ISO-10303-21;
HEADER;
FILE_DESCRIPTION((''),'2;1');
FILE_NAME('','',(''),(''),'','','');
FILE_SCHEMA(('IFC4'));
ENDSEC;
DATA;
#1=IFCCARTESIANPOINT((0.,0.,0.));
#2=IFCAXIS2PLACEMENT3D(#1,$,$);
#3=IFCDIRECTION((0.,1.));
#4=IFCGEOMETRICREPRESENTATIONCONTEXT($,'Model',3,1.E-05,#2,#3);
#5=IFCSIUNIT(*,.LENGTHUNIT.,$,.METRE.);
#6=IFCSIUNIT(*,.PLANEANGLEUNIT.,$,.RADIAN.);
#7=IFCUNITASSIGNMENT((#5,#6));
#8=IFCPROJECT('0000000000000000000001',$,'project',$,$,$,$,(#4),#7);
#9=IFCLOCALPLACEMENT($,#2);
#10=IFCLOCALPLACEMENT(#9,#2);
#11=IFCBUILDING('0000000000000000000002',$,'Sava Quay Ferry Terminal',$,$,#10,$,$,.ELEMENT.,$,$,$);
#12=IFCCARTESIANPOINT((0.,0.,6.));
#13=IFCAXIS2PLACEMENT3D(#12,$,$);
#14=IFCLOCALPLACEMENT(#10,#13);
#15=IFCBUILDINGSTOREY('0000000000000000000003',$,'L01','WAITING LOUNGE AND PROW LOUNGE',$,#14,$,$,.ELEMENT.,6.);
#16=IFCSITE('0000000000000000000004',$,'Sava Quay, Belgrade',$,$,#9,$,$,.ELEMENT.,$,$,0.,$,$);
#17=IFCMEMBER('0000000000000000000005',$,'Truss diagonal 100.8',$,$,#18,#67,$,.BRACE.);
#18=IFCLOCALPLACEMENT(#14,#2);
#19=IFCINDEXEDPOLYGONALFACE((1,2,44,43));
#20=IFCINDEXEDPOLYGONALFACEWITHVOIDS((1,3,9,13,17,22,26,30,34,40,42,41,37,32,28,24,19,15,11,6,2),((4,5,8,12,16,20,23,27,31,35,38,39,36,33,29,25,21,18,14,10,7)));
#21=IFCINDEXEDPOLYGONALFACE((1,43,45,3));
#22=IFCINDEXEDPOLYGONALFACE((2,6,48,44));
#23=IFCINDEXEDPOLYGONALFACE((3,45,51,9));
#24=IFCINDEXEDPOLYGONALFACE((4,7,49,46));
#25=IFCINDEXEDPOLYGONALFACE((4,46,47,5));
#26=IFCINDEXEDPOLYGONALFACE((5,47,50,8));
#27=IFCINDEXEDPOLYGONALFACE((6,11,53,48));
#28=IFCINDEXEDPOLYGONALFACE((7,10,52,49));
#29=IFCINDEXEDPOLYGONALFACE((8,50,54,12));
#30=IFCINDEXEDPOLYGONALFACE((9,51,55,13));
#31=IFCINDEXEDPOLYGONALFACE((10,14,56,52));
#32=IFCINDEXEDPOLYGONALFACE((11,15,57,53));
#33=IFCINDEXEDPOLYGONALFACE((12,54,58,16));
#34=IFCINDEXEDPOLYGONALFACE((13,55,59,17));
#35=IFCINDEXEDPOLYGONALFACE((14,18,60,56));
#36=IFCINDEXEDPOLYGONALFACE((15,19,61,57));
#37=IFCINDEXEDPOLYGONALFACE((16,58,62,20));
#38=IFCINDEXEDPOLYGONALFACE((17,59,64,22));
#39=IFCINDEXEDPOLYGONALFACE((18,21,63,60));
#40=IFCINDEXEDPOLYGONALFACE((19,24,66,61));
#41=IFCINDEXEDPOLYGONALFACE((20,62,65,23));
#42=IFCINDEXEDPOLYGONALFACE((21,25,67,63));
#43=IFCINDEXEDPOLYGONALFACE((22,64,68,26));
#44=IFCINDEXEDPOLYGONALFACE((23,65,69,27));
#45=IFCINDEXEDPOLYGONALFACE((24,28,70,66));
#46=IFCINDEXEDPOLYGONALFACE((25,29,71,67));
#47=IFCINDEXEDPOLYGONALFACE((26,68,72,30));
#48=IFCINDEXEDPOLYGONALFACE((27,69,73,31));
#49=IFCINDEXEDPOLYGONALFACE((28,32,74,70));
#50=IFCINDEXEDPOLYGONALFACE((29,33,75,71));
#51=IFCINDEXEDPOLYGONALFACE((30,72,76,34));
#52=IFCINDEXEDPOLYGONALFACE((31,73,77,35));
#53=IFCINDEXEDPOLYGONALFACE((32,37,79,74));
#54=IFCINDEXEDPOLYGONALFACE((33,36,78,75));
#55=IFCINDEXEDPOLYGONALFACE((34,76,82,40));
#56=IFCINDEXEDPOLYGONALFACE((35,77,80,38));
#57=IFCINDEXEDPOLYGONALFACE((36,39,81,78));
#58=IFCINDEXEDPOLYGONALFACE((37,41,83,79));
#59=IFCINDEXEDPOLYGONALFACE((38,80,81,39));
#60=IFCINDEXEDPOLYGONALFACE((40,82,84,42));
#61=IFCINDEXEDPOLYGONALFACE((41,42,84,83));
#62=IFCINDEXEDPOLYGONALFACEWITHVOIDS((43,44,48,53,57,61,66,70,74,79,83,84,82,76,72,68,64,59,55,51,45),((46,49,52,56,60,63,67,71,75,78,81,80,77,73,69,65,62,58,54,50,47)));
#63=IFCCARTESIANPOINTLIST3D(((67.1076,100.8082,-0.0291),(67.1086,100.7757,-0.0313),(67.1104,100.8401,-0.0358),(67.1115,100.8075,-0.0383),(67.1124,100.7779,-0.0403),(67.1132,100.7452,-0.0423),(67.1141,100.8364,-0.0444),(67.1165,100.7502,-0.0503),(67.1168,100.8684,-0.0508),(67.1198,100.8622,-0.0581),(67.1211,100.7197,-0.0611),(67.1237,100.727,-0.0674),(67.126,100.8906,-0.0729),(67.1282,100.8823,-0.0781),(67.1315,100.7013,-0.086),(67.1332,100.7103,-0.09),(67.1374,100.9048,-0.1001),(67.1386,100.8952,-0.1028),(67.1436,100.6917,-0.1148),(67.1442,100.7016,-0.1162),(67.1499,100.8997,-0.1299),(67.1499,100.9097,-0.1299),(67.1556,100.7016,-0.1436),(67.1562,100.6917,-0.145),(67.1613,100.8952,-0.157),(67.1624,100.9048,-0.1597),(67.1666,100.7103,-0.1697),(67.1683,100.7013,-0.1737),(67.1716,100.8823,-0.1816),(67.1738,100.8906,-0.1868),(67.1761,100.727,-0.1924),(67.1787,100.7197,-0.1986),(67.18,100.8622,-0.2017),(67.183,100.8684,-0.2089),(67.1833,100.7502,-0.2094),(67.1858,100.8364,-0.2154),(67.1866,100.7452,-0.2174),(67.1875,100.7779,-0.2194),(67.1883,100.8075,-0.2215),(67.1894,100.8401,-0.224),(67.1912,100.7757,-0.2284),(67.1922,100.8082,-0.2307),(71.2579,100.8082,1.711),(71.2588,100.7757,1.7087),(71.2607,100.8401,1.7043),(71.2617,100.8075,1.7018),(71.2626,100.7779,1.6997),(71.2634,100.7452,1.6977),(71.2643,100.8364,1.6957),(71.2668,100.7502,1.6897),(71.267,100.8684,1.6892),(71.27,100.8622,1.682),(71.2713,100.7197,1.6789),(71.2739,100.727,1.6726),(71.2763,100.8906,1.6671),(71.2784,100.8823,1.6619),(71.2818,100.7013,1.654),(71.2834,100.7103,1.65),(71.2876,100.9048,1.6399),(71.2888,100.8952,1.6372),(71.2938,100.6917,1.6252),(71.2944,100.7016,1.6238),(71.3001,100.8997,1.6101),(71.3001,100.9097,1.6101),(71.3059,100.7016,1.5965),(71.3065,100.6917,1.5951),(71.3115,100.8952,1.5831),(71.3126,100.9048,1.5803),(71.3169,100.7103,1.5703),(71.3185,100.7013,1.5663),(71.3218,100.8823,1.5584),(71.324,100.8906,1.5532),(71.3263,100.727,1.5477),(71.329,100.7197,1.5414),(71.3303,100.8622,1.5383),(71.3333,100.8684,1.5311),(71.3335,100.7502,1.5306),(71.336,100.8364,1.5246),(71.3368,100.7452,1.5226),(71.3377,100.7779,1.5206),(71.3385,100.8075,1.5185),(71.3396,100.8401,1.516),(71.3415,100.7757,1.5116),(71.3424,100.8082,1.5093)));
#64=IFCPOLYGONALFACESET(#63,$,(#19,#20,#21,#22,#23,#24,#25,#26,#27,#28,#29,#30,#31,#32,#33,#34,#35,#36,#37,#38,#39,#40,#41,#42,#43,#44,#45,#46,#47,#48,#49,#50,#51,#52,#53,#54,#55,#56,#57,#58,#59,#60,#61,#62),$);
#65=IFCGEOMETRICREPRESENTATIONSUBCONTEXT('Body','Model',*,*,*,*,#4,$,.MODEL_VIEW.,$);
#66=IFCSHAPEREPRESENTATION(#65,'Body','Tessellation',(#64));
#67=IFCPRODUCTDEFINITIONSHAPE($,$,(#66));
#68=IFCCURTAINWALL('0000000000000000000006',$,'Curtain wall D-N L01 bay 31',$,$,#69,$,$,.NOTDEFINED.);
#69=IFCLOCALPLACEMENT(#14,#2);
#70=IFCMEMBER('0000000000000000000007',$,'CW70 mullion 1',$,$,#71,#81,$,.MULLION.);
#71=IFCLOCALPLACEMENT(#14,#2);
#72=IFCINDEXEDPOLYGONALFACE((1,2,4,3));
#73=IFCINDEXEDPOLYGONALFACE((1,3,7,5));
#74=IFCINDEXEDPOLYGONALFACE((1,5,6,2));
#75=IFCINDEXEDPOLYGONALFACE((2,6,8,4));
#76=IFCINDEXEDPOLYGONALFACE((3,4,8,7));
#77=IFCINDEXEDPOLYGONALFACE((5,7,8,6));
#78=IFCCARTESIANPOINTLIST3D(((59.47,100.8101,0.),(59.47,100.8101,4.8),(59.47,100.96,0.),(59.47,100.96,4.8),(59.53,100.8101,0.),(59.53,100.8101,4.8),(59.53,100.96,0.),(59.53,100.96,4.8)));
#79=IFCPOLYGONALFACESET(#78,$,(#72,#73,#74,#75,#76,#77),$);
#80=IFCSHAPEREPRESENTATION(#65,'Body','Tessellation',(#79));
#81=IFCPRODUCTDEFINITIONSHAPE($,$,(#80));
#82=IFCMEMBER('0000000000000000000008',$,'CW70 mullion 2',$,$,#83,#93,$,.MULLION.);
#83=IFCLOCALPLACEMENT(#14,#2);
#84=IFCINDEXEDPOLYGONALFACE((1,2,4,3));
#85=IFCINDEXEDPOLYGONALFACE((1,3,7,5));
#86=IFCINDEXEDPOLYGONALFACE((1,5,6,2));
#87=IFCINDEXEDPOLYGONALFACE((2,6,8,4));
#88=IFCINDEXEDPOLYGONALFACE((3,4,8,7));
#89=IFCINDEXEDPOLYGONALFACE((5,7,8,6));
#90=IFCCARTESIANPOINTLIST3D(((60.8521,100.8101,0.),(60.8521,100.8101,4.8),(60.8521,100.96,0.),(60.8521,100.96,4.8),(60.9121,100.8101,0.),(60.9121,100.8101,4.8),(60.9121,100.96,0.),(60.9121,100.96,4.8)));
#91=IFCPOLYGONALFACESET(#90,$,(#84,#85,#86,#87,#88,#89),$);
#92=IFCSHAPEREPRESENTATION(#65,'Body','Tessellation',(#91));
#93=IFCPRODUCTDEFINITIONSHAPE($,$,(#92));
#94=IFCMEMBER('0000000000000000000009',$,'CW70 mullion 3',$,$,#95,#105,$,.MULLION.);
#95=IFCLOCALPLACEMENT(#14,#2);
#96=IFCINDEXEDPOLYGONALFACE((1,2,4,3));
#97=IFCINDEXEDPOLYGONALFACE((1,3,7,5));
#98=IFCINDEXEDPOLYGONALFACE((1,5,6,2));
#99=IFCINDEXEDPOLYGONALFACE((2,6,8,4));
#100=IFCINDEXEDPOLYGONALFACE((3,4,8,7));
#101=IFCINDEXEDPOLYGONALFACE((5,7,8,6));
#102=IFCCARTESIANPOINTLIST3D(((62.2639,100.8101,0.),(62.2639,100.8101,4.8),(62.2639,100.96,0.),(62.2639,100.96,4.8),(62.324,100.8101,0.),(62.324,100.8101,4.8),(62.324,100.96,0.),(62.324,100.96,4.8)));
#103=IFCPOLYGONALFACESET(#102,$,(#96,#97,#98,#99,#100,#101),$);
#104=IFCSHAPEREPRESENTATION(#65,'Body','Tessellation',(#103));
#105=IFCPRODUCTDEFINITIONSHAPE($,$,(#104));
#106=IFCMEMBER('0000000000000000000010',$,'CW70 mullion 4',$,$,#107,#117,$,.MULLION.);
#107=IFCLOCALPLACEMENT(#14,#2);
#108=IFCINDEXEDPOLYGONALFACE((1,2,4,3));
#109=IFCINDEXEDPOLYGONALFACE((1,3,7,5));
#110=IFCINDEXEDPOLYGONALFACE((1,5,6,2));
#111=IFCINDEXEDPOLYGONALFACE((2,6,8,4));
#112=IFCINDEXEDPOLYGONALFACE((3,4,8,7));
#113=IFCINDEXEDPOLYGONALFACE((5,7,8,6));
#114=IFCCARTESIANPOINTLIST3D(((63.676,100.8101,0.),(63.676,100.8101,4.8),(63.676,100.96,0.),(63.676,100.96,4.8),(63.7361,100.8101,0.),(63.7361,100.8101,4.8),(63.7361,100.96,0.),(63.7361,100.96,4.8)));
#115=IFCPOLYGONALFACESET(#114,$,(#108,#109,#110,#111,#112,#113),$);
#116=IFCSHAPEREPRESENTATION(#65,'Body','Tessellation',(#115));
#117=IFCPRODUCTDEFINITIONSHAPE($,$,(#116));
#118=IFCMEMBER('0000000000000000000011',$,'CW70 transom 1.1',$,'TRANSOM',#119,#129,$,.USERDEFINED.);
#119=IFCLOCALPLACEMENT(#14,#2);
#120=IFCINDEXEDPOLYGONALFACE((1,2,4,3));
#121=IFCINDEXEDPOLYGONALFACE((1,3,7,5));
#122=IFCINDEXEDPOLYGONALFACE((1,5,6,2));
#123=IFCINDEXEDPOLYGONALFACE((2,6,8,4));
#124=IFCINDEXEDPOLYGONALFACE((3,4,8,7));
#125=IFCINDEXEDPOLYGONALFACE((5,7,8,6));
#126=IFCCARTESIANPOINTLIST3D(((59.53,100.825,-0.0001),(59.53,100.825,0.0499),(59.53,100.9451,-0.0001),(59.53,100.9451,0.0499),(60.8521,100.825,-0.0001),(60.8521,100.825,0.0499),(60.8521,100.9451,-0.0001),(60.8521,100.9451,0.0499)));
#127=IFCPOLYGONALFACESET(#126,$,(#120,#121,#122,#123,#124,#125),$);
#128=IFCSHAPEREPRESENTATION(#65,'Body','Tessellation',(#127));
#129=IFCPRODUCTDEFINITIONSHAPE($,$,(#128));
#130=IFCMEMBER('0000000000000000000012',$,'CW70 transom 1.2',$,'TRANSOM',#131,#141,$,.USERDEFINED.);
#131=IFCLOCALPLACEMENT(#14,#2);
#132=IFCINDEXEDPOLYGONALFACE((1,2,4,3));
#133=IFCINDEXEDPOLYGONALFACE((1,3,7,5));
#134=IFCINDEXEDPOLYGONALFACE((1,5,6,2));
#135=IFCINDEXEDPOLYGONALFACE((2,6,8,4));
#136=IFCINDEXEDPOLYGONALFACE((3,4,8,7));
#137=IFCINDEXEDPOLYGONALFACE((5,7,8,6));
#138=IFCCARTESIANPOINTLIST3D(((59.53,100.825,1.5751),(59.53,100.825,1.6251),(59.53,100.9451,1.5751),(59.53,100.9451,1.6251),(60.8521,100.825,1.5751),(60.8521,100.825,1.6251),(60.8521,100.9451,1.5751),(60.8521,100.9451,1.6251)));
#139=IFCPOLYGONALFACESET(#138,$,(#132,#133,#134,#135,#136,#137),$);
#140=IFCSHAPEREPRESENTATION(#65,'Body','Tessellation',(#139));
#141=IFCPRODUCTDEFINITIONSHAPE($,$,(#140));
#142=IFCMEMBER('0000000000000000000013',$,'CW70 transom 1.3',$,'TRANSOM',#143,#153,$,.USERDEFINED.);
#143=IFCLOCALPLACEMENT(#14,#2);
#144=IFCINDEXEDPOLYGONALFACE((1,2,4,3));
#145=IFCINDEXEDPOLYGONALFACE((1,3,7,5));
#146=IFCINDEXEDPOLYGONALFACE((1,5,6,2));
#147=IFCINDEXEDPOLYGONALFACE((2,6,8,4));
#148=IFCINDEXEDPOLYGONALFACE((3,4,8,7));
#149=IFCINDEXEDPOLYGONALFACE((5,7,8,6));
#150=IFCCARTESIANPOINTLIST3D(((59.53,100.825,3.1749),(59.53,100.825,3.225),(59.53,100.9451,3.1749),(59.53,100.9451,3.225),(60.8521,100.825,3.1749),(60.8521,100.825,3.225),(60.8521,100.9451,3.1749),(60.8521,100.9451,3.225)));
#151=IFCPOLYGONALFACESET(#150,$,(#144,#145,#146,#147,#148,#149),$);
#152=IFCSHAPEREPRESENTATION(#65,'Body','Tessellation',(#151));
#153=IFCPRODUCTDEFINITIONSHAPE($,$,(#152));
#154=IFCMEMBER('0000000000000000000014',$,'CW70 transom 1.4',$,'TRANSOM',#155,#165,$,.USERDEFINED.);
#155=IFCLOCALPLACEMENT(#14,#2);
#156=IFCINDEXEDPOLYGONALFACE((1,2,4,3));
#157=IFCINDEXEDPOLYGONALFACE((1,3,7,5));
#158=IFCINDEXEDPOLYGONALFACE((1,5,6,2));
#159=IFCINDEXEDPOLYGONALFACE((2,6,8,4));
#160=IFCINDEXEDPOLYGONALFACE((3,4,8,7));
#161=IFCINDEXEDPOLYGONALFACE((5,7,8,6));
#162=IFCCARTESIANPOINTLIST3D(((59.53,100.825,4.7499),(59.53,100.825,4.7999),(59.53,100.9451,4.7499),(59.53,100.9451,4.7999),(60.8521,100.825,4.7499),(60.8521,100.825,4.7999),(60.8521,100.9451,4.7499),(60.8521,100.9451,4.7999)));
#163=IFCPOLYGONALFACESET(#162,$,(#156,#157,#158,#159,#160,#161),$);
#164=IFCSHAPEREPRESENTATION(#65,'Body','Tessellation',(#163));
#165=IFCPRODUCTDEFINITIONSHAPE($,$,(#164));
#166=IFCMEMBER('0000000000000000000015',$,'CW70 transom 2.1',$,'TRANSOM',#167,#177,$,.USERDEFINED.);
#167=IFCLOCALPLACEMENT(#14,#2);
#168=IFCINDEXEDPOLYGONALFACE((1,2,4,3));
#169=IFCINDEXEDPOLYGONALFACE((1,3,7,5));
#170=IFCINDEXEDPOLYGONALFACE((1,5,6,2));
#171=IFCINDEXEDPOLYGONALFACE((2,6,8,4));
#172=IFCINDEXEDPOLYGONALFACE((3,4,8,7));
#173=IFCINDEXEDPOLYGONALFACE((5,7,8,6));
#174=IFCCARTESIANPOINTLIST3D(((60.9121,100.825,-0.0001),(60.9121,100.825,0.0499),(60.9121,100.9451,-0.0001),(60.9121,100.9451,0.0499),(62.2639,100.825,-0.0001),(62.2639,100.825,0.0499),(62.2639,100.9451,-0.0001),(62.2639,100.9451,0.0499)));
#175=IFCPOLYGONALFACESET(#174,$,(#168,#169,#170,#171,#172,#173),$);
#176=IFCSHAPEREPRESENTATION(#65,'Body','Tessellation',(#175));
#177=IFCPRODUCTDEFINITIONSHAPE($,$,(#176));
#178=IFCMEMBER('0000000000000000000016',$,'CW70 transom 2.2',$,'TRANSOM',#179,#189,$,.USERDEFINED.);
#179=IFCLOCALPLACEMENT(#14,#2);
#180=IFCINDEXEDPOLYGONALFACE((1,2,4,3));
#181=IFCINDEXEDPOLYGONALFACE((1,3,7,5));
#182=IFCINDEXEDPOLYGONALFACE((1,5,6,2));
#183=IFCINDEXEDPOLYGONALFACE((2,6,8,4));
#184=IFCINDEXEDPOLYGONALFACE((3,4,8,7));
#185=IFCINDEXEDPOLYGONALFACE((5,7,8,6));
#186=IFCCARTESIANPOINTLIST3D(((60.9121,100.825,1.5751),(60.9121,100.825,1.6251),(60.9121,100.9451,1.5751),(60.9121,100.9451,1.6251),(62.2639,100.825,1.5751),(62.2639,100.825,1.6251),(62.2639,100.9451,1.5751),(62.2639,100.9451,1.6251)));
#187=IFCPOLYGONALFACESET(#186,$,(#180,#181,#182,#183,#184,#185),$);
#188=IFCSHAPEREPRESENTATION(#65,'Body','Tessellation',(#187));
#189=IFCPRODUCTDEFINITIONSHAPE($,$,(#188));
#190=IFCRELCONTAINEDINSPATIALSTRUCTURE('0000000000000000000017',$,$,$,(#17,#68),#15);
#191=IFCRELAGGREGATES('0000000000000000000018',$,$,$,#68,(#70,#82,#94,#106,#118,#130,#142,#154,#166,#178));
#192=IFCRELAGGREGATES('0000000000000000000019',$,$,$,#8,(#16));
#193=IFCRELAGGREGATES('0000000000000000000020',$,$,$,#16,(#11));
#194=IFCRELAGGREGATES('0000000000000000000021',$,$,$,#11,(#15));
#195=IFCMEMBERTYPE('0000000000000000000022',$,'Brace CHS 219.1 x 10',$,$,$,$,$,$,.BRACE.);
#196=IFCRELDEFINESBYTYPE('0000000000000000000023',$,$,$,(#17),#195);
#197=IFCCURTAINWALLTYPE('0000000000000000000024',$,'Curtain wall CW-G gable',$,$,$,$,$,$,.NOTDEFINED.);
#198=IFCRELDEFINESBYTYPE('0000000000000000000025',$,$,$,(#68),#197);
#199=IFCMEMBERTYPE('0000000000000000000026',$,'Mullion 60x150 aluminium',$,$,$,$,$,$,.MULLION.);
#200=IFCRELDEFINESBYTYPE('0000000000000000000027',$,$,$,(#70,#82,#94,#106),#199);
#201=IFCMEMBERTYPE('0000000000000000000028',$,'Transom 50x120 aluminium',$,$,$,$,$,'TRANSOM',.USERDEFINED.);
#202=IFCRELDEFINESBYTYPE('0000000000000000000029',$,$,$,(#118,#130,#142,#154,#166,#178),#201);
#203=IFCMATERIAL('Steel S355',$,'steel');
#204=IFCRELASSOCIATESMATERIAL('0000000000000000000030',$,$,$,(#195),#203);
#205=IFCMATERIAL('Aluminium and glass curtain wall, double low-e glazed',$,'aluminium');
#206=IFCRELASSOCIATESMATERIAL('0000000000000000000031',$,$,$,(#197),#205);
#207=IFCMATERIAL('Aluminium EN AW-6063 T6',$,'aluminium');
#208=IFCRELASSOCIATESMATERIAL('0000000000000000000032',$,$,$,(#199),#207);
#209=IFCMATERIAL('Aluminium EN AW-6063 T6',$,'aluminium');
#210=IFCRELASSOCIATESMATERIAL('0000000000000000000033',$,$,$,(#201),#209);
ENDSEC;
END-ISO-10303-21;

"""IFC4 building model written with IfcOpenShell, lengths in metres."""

from ifc_helpers import new_model, si_unit, direction, frame, origin, origin_2d, place, context, subcontext, project, spatial, rectangle, hollow_circle, extrude, material, material_profile, profile_set, type_object, element, aggregate, save


model = new_model("IFC4")

# Units and contexts
model_context = context("Model", 3, precision=1e-05, world=origin(), true_north=direction((0.0, 1.0)))
body_context = subcontext(model_context, "Body", "Model", "MODEL_VIEW")
ifc_project = project(units=[si_unit("LENGTHUNIT", "METRE"), si_unit("PLANEANGLEUNIT", "RADIAN")], contexts=[model_context])

# Site, building, storey
site_placement = place(None, origin())
site = spatial("IfcSite", under=ifc_project, at=site_placement, Name="Sava Quay, Belgrade", CompositionType="ELEMENT", RefElevation=0.0)
building_placement = place(site_placement, origin())
building = spatial("IfcBuilding", under=site, at=building_placement, Name="Sava Quay Ferry Terminal", CompositionType="ELEMENT")
storey_placement = place(building_placement, frame((0.0, 0.0, 6.0)))
storey = spatial("IfcBuildingStorey", under=building, at=storey_placement, Name="L01", Description="WAITING LOUNGE AND PROW LOUNGE", CompositionType="ELEMENT", Elevation=6.0)

# Member
ifc_material_1 = material(Name="Steel S355", Category="steel")
ifc_material_profile_1 = material_profile(ifc_material_1, hollow_circle(Radius=0.1096, WallThickness=0.01, at=origin_2d()), Name="CHS 219.1 x 10")
ifc_profile_set_1 = profile_set([ifc_material_profile_1], Name="Steel S355")
member_type_1 = type_object("IfcMemberType", Name="Brace CHS 219.1 x 10", PredefinedType="BRACE", material=ifc_profile_set_1)
member_1_placement = place(storey_placement, frame((67.1499, 100.8, -0.1299), z_axis=(0.922226, 0.0, 0.386652), x_axis=(0.0, 1.0, 0.0)))
element("IfcMember", 1, at=member_1_placement, inside=storey, type_object=member_type_1, Name="Truss diagonal 100.8", PredefinedType="BRACE", context=body_context, shape_type="SweptSolid", body=[
    extrude(hollow_circle(Radius=0.1096, WallThickness=0.01, at=origin_2d()), origin(), (0.0, 0.0, 1.0), 4.5002),
])

# Curtain wall, members
ifc_material_2 = material(Name="Aluminium and glass curtain wall, double low-e glazed", Category="aluminium")
curtain_wall_type = type_object("IfcCurtainWallType", Name="Curtain wall CW-G gable", PredefinedType="NOTDEFINED", material=ifc_material_2)
curtain_wall_placement = place(storey_placement, origin())
curtain_wall = element("IfcCurtainWall", 2, at=curtain_wall_placement, inside=storey, type_object=curtain_wall_type, Name="Curtain wall D-N L01 bay 31", PredefinedType="NOTDEFINED")
ifc_material_3 = material(Name="Aluminium EN AW-6063 T6", Category="aluminium")
ifc_material_profile_2 = material_profile(ifc_material_3, rectangle(XDim=0.1499, YDim=0.0601, at=origin_2d()), Name="Mullion 60x150 aluminium")
ifc_profile_set_2 = profile_set([ifc_material_profile_2], Name="Aluminium EN AW-6063 T6")
member_type_2 = type_object("IfcMemberType", Name="Mullion 60x150 aluminium", PredefinedType="MULLION", material=ifc_profile_set_2)
member_2_placement = place(storey_placement, frame((59.5, 100.885, 0.0), z_axis=(0.0, 0.0, 1.0), x_axis=(0.0, 1.0, 0.0)))
member_2 = element("IfcMember", 3, at=member_2_placement, type_object=member_type_2, Name="CW70 mullion 1", PredefinedType="MULLION", context=body_context, shape_type="SweptSolid", body=[
    extrude(rectangle(XDim=0.1499, YDim=0.0601, at=origin_2d()), origin(), (0.0, 0.0, 1.0), 4.8),
])
member_3_placement = place(storey_placement, frame((60.8821, 100.885, 0.0), z_axis=(0.0, 0.0, 1.0), x_axis=(0.0, 1.0, 0.0)))
member_3 = element("IfcMember", 4, at=member_3_placement, type_object=member_type_2, Name="CW70 mullion 2", PredefinedType="MULLION", context=body_context, shape_type="SweptSolid", body=[
    extrude(rectangle(XDim=0.1499, YDim=0.0601, at=origin_2d()), origin(), (0.0, 0.0, 1.0), 4.8),
])
member_4_placement = place(storey_placement, frame((62.2939, 100.885, 0.0), z_axis=(0.0, 0.0, 1.0), x_axis=(0.0, 1.0, 0.0)))
member_4 = element("IfcMember", 5, at=member_4_placement, type_object=member_type_2, Name="CW70 mullion 3", PredefinedType="MULLION", context=body_context, shape_type="SweptSolid", body=[
    extrude(rectangle(XDim=0.1499, YDim=0.0601, at=origin_2d()), origin(), (0.0, 0.0, 1.0), 4.8),
])
member_5_placement = place(storey_placement, frame((63.7061, 100.885, 0.0), z_axis=(0.0, 0.0, 1.0), x_axis=(0.0, 1.0, 0.0)))
member_5 = element("IfcMember", 6, at=member_5_placement, type_object=member_type_2, Name="CW70 mullion 4", PredefinedType="MULLION", context=body_context, shape_type="SweptSolid", body=[
    extrude(rectangle(XDim=0.1499, YDim=0.0601, at=origin_2d()), origin(), (0.0, 0.0, 1.0), 4.8),
])
ifc_material_4 = material(Name="Aluminium EN AW-6063 T6", Category="aluminium")
ifc_material_profile_3 = material_profile(ifc_material_4, rectangle(XDim=0.1201, YDim=0.05, at=origin_2d()), Name="Transom 50x120 aluminium")
ifc_profile_set_3 = profile_set([ifc_material_profile_3], Name="Aluminium EN AW-6063 T6")
member_type_3 = type_object("IfcMemberType", Name="Transom 50x120 aluminium", ElementType="TRANSOM", PredefinedType="USERDEFINED", material=ifc_profile_set_3)
member_6_placement = place(storey_placement, frame((59.53, 100.885, 0.0249), z_axis=(1.0, 0.0, 0.0), x_axis=(0.0, 1.0, 0.0)))
member_6 = element("IfcMember", 7, at=member_6_placement, type_object=member_type_3, Name="CW70 transom 1.1", ObjectType="TRANSOM", PredefinedType="USERDEFINED", context=body_context, shape_type="SweptSolid", body=[
    extrude(rectangle(XDim=0.1201, YDim=0.05, at=origin_2d()), origin(), (0.0, 0.0, 1.0), 1.322),
])
member_7_placement = place(storey_placement, frame((59.53, 100.885, 1.6001), z_axis=(1.0, 0.0, 0.0), x_axis=(0.0, 1.0, 0.0)))
member_7 = element("IfcMember", 8, at=member_7_placement, type_object=member_type_3, Name="CW70 transom 1.2", ObjectType="TRANSOM", PredefinedType="USERDEFINED", context=body_context, shape_type="SweptSolid", body=[
    extrude(rectangle(XDim=0.1201, YDim=0.05, at=origin_2d()), origin(), (0.0, 0.0, 1.0), 1.322),
])
member_8_placement = place(storey_placement, frame((59.53, 100.885, 3.2), z_axis=(1.0, 0.0, 0.0), x_axis=(0.0, 1.0, 0.0)))
member_8 = element("IfcMember", 9, at=member_8_placement, type_object=member_type_3, Name="CW70 transom 1.3", ObjectType="TRANSOM", PredefinedType="USERDEFINED", context=body_context, shape_type="SweptSolid", body=[
    extrude(rectangle(XDim=0.1201, YDim=0.05, at=origin_2d()), origin(), (0.0, 0.0, 1.0), 1.322),
])
member_9_placement = place(storey_placement, frame((59.53, 100.885, 4.7749), z_axis=(1.0, 0.0, 0.0), x_axis=(0.0, 1.0, 0.0)))
member_9 = element("IfcMember", 10, at=member_9_placement, type_object=member_type_3, Name="CW70 transom 1.4", ObjectType="TRANSOM", PredefinedType="USERDEFINED", context=body_context, shape_type="SweptSolid", body=[
    extrude(rectangle(XDim=0.1201, YDim=0.05, at=origin_2d()), origin(), (0.0, 0.0, 1.0), 1.322),
])
member_10_placement = place(storey_placement, frame((60.9121, 100.885, 0.0249), z_axis=(1.0, 0.0, 0.0), x_axis=(0.0, 1.0, 0.0)))
member_10 = element("IfcMember", 11, at=member_10_placement, type_object=member_type_3, Name="CW70 transom 2.1", ObjectType="TRANSOM", PredefinedType="USERDEFINED", context=body_context, shape_type="SweptSolid", body=[
    extrude(rectangle(XDim=0.1201, YDim=0.05, at=origin_2d()), origin(), (0.0, 0.0, 1.0), 1.3518),
])
member_11_placement = place(storey_placement, frame((60.9121, 100.885, 1.6001), z_axis=(1.0, 0.0, 0.0), x_axis=(0.0, 1.0, 0.0)))
member_11 = element("IfcMember", 12, at=member_11_placement, type_object=member_type_3, Name="CW70 transom 2.2", ObjectType="TRANSOM", PredefinedType="USERDEFINED", context=body_context, shape_type="SweptSolid", body=[
    extrude(rectangle(XDim=0.1201, YDim=0.05, at=origin_2d()), origin(), (0.0, 0.0, 1.0), 1.3518),
])
aggregate(curtain_wall, [member_2, member_3, member_4, member_5, member_6, member_7, member_8, member_9, member_10, member_11])

save(model, "model.ifc")
